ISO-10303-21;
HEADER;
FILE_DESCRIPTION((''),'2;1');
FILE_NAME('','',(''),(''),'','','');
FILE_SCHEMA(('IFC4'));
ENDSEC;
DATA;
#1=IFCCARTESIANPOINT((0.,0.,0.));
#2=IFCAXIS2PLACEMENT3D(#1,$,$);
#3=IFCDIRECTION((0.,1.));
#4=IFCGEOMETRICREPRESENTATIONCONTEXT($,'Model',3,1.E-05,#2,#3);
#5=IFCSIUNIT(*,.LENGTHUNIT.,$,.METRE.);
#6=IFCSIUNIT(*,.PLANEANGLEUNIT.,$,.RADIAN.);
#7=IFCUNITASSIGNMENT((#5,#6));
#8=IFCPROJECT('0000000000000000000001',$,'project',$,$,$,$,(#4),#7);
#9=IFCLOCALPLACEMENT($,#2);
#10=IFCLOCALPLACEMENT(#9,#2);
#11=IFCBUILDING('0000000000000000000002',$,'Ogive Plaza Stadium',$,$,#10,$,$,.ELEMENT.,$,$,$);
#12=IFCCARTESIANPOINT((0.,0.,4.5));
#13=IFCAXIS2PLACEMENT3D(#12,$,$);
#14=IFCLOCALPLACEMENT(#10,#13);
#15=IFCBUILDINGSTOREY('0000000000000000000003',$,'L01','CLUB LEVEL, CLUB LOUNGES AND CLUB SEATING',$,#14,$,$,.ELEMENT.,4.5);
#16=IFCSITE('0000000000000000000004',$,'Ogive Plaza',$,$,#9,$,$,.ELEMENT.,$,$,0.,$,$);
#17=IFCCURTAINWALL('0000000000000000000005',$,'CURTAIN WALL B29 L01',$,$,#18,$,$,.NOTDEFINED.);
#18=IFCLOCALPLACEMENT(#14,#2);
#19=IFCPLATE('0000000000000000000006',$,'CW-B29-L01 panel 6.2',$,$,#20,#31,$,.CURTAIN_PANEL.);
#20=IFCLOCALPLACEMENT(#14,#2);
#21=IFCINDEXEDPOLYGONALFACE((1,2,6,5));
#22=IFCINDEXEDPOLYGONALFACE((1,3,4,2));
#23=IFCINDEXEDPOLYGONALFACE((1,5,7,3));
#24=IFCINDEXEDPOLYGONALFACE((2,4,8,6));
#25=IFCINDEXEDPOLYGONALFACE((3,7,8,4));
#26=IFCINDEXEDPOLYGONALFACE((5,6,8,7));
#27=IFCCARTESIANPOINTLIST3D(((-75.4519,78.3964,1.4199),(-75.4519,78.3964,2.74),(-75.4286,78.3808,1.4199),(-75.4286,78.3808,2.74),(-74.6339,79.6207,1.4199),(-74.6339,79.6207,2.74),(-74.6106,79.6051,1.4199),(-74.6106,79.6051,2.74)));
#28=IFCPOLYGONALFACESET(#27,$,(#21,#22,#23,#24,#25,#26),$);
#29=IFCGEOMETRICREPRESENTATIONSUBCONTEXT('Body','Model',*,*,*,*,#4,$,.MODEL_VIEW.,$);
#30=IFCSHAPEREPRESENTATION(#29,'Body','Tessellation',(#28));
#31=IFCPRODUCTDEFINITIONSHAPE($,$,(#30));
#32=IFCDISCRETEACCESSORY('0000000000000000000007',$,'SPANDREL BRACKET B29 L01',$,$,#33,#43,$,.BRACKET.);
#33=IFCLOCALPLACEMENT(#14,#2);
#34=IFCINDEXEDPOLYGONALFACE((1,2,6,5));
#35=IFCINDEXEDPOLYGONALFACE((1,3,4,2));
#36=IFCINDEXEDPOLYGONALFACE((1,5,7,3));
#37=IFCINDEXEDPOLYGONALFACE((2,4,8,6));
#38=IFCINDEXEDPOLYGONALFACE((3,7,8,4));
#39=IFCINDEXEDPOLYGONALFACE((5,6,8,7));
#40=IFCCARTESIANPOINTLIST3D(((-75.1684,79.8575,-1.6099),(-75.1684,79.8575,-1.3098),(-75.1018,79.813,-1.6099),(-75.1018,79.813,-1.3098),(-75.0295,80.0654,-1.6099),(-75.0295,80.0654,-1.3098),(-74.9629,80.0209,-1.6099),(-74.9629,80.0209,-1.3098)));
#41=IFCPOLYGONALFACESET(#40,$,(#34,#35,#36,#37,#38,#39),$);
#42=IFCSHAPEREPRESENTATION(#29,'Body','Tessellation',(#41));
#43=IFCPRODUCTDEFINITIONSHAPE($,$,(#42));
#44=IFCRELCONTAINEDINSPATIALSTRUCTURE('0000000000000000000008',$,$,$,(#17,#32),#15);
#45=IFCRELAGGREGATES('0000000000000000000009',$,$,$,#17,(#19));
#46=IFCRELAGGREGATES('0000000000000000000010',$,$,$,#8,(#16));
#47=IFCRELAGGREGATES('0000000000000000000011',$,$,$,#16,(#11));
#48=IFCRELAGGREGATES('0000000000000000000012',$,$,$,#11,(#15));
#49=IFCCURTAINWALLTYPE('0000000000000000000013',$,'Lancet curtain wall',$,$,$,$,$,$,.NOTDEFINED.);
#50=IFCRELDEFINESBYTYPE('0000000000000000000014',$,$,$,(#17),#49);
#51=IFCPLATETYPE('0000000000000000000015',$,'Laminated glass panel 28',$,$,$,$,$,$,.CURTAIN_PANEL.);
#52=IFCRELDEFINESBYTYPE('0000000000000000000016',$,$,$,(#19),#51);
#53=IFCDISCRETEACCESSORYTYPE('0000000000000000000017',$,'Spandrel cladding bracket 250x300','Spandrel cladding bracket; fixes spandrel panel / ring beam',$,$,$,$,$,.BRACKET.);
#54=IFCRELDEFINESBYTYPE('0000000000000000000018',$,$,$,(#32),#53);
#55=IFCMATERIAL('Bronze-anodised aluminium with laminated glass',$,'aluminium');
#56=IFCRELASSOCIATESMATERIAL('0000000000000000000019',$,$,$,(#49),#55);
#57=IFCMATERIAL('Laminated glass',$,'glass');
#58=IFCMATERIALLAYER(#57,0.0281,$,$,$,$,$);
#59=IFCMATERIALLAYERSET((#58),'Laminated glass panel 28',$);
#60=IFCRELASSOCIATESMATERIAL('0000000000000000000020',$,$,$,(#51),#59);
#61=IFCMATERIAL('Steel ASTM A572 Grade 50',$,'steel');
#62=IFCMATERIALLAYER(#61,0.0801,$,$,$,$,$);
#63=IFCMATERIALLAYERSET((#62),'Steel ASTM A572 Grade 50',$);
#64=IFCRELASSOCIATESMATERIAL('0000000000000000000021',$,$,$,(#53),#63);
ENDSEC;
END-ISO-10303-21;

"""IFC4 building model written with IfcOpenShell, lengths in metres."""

from ifc_helpers import new_model, si_unit, direction, frame, origin, origin_2d, place, context, subcontext, project, spatial, rectangle, extrude, material, layer, layer_set, type_object, element, aggregate, save


model = new_model("IFC4")

# Units and contexts
model_context = context("Model", 3, precision=1e-05, world=origin(), true_north=direction((0.0, 1.0)))
body_context = subcontext(model_context, "Body", "Model", "MODEL_VIEW")
ifc_project = project(units=[si_unit("LENGTHUNIT", "METRE"), si_unit("PLANEANGLEUNIT", "RADIAN")], contexts=[model_context])

# Site, building, storey
site_placement = place(None, origin())
site = spatial("IfcSite", under=ifc_project, at=site_placement, Name="Ogive Plaza", CompositionType="ELEMENT", RefElevation=0.0)
building_placement = place(site_placement, origin())
building = spatial("IfcBuilding", under=site, at=building_placement, Name="Ogive Plaza Stadium", CompositionType="ELEMENT")
storey_placement = place(building_placement, frame((0.0, 0.0, 4.5)))
storey = spatial("IfcBuildingStorey", under=building, at=storey_placement, Name="L01", Description="CLUB LEVEL, CLUB LOUNGES AND CLUB SEATING", CompositionType="ELEMENT", Elevation=4.5)

# Curtain wall, plate
ifc_material_1 = material(Name="Bronze-anodised aluminium with laminated glass", Category="aluminium")
curtain_wall_type = type_object("IfcCurtainWallType", Name="Lancet curtain wall", PredefinedType="NOTDEFINED", material=ifc_material_1)
curtain_wall_placement = place(storey_placement, origin())
curtain_wall = element("IfcCurtainWall", 1, at=curtain_wall_placement, inside=storey, type_object=curtain_wall_type, Name="CURTAIN WALL B29 L01", PredefinedType="NOTDEFINED")
ifc_material_2 = material(Name="Laminated glass", Category="glass")
ifc_layer_1 = layer(ifc_material_2, 0.0281)
ifc_layer_set_1 = layer_set([ifc_layer_1], Name="Laminated glass panel 28")
plate_type = type_object("IfcPlateType", Name="Laminated glass panel 28", PredefinedType="CURTAIN_PANEL", material=ifc_layer_set_1)
plate_1_placement = place(storey_placement, frame((-75.0312, 79.0007, 1.4199), z_axis=(0.0, 0.0, 1.0), x_axis=(0.55557, 0.83147, 0.0)))
plate_1 = element("IfcPlate", 2, at=plate_1_placement, type_object=plate_type, Name="CW-B29-L01 panel 6.2", PredefinedType="CURTAIN_PANEL", context=body_context, shape_type="SweptSolid", body=[
    extrude(rectangle(XDim=1.4724, YDim=0.0281, at=origin_2d()), origin(), (0.0, 0.0, 1.0), 1.3201),
])
aggregate(curtain_wall, [plate_1])

# Discrete accessory
ifc_material_3 = material(Name="Steel ASTM A572 Grade 50", Category="steel")
ifc_layer_2 = layer(ifc_material_3, 0.0801)
ifc_layer_set_2 = layer_set([ifc_layer_2], Name="Steel ASTM A572 Grade 50")
discrete_accessory_type = type_object("IfcDiscreteAccessoryType", Name="Spandrel cladding bracket 250x300", Description="Spandrel cladding bracket; fixes spandrel panel / ring beam", PredefinedType="BRACKET", material=ifc_layer_set_2)
discrete_accessory_placement = place(storey_placement, frame((-75.0657, 79.9392, -1.6099), z_axis=(0.0, 0.0, 1.0), x_axis=(0.55557, 0.83147, 0.0)))
element("IfcDiscreteAccessory", 3, at=discrete_accessory_placement, inside=storey, type_object=discrete_accessory_type, Name="SPANDREL BRACKET B29 L01", PredefinedType="BRACKET", context=body_context, shape_type="SweptSolid", body=[
    extrude(rectangle(XDim=0.25, YDim=0.0801, at=origin_2d()), origin(), (0.0, 0.0, 1.0), 0.3),
])

save(model, "model.ifc")
